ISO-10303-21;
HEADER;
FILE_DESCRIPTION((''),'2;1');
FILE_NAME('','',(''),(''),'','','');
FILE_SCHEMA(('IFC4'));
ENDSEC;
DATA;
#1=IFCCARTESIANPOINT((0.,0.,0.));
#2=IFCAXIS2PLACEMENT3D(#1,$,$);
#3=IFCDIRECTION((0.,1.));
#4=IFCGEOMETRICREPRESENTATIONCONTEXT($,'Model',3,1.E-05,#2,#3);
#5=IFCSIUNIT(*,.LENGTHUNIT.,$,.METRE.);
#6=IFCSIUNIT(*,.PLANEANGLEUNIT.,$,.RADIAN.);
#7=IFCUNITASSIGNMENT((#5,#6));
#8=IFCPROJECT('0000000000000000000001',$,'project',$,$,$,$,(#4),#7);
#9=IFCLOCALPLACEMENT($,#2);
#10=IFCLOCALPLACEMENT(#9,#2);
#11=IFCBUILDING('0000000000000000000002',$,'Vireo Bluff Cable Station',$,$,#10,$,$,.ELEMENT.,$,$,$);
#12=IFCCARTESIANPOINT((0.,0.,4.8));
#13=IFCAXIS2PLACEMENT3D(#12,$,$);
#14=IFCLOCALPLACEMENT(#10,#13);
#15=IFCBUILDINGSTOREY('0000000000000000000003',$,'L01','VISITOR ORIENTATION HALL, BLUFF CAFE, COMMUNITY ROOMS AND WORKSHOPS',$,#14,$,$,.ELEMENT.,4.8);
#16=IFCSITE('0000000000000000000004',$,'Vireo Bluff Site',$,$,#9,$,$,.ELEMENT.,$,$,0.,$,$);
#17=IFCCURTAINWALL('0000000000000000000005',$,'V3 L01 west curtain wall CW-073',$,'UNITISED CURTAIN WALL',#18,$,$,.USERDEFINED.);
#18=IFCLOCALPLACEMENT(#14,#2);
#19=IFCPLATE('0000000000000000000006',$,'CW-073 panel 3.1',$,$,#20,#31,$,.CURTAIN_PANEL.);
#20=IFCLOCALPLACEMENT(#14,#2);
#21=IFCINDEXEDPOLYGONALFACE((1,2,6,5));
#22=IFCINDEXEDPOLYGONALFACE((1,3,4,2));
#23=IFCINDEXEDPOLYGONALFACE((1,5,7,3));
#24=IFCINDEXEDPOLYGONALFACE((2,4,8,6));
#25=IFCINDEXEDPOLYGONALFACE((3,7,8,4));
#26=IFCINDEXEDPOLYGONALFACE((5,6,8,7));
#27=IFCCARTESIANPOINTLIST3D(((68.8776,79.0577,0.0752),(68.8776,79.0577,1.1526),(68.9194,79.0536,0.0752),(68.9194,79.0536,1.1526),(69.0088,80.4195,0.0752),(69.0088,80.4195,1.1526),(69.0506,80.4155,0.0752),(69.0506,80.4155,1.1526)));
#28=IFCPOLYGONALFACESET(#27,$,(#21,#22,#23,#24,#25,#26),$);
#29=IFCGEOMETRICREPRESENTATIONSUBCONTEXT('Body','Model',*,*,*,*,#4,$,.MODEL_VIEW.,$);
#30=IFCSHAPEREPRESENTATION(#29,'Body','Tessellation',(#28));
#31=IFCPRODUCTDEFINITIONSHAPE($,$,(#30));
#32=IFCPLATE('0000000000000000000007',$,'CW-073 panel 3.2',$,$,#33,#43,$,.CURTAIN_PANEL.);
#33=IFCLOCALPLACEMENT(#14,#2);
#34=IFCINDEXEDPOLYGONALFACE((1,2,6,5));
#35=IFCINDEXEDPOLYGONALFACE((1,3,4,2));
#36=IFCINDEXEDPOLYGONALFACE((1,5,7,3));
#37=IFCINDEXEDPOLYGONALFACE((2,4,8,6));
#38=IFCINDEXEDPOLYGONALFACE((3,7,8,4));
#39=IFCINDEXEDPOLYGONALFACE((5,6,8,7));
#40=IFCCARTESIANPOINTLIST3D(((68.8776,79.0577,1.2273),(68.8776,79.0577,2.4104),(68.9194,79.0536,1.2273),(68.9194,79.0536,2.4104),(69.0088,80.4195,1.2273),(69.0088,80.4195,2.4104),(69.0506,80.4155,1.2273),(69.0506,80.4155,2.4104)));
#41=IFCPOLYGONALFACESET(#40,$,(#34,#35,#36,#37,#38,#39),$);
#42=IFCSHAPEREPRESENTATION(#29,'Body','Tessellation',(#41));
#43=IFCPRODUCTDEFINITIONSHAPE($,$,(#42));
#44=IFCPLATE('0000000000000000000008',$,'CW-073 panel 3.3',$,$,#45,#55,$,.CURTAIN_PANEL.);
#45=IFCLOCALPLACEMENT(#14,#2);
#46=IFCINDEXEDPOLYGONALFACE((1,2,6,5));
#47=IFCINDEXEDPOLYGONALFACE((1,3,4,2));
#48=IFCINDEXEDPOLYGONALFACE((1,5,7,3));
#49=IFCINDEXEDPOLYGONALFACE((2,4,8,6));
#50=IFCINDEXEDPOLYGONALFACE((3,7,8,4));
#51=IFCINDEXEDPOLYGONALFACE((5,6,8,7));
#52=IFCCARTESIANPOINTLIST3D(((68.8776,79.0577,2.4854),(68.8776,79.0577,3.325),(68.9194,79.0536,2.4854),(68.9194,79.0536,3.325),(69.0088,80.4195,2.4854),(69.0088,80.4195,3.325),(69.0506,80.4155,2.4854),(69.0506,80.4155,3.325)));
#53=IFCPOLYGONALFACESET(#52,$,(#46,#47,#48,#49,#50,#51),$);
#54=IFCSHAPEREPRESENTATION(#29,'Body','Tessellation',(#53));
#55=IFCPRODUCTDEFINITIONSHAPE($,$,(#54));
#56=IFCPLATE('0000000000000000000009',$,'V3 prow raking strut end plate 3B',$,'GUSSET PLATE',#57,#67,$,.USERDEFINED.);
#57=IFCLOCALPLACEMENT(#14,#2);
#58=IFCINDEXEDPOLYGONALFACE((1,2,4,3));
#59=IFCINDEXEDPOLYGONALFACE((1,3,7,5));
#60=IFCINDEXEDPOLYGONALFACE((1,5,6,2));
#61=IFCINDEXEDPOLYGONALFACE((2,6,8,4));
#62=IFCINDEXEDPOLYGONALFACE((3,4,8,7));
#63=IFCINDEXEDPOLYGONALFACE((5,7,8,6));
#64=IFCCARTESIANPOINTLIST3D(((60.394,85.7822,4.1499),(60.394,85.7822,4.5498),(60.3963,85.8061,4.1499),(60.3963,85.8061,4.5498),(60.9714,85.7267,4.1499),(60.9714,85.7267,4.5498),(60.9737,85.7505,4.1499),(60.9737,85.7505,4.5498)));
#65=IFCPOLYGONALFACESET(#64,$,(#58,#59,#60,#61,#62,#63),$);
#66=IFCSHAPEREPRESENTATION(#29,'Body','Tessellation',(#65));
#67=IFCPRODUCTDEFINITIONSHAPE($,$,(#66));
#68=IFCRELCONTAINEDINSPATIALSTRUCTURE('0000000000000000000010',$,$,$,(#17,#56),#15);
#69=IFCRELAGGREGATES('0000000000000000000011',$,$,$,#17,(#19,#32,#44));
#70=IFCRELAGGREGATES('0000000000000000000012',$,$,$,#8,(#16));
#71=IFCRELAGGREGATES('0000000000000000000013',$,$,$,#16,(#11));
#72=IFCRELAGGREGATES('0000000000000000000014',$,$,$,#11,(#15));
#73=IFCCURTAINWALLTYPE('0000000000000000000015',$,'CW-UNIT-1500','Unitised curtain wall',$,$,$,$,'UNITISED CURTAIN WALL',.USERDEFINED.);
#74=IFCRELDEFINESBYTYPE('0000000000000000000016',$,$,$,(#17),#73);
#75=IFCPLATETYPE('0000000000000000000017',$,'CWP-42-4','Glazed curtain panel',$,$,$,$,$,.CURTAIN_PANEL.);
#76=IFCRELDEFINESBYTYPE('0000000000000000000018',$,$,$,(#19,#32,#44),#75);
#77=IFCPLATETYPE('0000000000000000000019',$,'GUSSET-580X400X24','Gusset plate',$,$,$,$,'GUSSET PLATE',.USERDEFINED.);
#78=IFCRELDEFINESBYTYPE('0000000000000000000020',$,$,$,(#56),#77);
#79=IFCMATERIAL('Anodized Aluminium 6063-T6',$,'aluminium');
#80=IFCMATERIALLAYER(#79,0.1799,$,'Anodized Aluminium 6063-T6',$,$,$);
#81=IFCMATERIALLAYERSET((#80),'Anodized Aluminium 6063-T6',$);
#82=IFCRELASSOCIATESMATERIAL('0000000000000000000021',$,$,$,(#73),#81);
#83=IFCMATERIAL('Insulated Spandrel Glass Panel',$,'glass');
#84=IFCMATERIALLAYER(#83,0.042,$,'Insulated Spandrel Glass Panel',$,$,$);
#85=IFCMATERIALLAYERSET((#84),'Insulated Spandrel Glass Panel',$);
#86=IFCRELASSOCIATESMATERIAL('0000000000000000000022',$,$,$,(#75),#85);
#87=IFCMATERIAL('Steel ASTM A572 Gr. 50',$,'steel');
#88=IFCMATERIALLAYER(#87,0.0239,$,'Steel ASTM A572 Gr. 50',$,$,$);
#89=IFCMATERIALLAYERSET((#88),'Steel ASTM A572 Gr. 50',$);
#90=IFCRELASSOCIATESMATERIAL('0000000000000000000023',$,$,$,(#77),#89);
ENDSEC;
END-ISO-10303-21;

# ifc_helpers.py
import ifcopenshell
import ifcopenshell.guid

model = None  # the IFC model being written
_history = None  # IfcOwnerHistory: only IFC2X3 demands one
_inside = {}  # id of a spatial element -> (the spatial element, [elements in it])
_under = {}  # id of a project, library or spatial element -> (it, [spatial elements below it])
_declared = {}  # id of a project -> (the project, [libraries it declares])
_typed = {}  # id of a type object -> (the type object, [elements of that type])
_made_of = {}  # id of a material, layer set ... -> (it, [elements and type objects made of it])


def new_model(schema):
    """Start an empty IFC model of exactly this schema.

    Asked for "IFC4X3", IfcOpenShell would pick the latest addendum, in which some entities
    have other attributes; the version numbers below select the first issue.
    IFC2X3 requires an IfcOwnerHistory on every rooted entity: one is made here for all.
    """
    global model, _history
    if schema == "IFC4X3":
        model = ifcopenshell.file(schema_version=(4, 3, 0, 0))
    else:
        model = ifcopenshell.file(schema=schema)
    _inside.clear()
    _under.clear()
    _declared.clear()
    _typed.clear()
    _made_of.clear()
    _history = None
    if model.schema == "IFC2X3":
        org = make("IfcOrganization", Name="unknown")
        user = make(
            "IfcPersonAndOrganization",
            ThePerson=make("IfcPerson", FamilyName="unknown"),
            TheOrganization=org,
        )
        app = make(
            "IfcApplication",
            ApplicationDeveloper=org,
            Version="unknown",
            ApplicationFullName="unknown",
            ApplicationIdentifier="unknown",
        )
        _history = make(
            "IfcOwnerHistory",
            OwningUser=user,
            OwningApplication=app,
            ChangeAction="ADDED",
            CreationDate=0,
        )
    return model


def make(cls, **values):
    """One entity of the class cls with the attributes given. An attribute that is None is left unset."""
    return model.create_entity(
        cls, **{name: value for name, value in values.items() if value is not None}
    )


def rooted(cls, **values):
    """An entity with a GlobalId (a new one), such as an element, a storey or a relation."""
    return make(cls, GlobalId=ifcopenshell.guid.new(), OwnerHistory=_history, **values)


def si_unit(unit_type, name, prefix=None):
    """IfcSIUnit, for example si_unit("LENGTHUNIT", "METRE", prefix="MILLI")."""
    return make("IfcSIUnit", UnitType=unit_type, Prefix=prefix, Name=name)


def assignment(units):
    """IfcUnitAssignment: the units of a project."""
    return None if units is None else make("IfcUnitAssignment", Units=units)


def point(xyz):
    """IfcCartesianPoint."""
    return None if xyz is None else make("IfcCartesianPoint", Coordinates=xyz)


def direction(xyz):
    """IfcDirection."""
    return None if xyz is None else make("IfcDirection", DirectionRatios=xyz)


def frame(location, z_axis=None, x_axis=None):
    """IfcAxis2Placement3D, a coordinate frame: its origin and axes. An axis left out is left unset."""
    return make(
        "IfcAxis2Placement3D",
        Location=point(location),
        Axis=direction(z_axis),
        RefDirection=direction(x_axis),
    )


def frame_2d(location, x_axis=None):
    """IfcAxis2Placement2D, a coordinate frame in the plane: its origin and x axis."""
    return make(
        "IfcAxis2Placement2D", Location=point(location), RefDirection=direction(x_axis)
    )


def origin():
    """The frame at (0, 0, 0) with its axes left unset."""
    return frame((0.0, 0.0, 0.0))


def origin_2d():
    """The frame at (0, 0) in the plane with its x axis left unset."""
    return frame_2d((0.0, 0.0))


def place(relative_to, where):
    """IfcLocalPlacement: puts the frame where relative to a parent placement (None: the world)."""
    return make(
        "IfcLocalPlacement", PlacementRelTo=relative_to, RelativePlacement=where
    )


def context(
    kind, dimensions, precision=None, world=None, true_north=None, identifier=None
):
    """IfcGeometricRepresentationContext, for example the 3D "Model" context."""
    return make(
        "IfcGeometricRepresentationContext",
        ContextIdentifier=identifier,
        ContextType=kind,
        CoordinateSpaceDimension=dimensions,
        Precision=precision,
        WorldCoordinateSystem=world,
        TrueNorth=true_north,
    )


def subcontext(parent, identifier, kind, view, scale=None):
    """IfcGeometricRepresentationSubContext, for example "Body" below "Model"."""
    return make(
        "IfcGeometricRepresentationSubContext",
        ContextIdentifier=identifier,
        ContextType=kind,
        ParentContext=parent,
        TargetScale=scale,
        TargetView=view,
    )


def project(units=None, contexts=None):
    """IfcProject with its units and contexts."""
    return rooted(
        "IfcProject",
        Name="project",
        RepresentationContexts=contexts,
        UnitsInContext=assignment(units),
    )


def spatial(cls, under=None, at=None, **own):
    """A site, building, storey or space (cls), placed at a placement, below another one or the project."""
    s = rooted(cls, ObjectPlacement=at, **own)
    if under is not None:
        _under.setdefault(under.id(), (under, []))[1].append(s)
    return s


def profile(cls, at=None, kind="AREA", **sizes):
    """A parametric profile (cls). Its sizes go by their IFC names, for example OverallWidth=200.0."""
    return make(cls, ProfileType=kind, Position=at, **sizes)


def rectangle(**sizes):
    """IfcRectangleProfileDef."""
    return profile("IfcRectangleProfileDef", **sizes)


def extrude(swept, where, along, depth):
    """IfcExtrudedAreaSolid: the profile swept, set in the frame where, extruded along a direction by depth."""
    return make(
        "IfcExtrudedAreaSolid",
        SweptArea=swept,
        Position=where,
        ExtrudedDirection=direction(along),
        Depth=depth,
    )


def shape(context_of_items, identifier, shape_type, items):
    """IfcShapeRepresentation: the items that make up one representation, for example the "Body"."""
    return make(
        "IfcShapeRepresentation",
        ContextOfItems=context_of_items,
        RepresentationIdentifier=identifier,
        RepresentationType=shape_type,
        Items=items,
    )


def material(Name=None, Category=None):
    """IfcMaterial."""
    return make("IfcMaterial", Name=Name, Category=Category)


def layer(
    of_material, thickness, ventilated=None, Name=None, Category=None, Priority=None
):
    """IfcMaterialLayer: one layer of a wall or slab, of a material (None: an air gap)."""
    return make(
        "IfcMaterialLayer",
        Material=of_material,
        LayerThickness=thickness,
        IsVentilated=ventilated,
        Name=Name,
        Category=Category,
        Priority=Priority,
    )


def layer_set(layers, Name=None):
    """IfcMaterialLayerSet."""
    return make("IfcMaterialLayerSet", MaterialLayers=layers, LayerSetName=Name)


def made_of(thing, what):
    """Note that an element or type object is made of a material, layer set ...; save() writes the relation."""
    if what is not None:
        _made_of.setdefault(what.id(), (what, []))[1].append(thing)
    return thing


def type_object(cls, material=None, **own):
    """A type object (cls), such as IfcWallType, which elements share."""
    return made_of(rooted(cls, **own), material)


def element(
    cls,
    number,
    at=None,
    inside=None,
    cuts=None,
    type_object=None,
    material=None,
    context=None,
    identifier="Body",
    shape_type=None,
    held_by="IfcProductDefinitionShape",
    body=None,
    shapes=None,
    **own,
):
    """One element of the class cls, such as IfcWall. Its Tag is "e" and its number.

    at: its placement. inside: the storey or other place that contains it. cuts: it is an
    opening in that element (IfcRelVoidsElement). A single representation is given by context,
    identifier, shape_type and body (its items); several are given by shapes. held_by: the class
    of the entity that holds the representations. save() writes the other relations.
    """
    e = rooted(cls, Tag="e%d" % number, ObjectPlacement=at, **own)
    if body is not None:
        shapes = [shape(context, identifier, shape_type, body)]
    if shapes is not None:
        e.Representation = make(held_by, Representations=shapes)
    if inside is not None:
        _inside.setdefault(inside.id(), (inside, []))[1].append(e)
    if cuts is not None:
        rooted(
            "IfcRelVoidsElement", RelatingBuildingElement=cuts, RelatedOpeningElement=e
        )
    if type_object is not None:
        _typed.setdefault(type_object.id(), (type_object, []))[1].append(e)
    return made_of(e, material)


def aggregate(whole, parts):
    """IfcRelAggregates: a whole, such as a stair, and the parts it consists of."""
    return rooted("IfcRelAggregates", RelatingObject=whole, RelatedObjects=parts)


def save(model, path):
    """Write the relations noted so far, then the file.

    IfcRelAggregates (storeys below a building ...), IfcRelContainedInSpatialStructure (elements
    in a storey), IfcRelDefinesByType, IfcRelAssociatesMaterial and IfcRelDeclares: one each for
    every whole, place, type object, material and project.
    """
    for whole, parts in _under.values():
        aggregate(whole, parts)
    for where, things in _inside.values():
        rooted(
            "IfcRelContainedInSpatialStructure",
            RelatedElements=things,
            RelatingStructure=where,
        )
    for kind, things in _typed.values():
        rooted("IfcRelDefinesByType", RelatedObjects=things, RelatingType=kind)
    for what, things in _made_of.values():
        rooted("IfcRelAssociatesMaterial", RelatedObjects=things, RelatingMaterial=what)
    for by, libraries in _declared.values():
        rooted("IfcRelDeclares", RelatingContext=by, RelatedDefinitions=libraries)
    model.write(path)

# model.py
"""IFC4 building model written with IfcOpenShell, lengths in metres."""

from ifc_helpers import new_model, si_unit, direction, frame, origin, origin_2d, place, context, subcontext, project, spatial, rectangle, extrude, material, layer, layer_set, type_object, element, aggregate, save


model = new_model("IFC4")

# Units and contexts
model_context = context("Model", 3, precision=1e-05, world=origin(), true_north=direction((0.0, 1.0)))
body_context = subcontext(model_context, "Body", "Model", "MODEL_VIEW")
ifc_project = project(units=[si_unit("LENGTHUNIT", "METRE"), si_unit("PLANEANGLEUNIT", "RADIAN")], contexts=[model_context])

# Site, building, storey
site_placement = place(None, origin())
site = spatial("IfcSite", under=ifc_project, at=site_placement, Name="Vireo Bluff Site", CompositionType="ELEMENT", RefElevation=0.0)
building_placement = place(site_placement, origin())
building = spatial("IfcBuilding", under=site, at=building_placement, Name="Vireo Bluff Cable Station", CompositionType="ELEMENT")
storey_placement = place(building_placement, frame((0.0, 0.0, 4.8)))
storey = spatial("IfcBuildingStorey", under=building, at=storey_placement, Name="L01", Description="VISITOR ORIENTATION HALL, BLUFF CAFE, COMMUNITY ROOMS AND WORKSHOPS", CompositionType="ELEMENT", Elevation=4.8)

# Curtain wall
ifc_material_1 = material(Name="Anodized Aluminium 6063-T6", Category="aluminium")
ifc_layer_1 = layer(ifc_material_1, 0.1799, Name="Anodized Aluminium 6063-T6")
ifc_layer_set_1 = layer_set([ifc_layer_1], Name="Anodized Aluminium 6063-T6")
curtain_wall_type = type_object("IfcCurtainWallType", Name="CW-UNIT-1500", Description="Unitised curtain wall", ElementType="UNITISED CURTAIN WALL", PredefinedType="USERDEFINED", material=ifc_layer_set_1)
curtain_wall_placement = place(storey_placement, origin())
curtain_wall = element("IfcCurtainWall", 1, at=curtain_wall_placement, inside=storey, type_object=curtain_wall_type, Name="V3 L01 west curtain wall CW-073", ObjectType="UNITISED CURTAIN WALL", PredefinedType="USERDEFINED")

# Plates
ifc_material_2 = material(Name="Insulated Spandrel Glass Panel", Category="glass")
ifc_layer_2 = layer(ifc_material_2, 0.042, Name="Insulated Spandrel Glass Panel")
ifc_layer_set_2 = layer_set([ifc_layer_2], Name="Insulated Spandrel Glass Panel")
plate_type_1 = type_object("IfcPlateType", Name="CWP-42-4", Description="Glazed curtain panel", PredefinedType="CURTAIN_PANEL", material=ifc_layer_set_2)
plate_1_placement = place(storey_placement, frame((68.9641, 79.7366, 0.0752), z_axis=(0.0, 0.0, 1.0), x_axis=(0.095846, 0.995396, 0.0)))
plate_1 = element("IfcPlate", 2, at=plate_1_placement, type_object=plate_type_1, Name="CW-073 panel 3.1", PredefinedType="CURTAIN_PANEL", context=body_context, shape_type="SweptSolid", body=[
    extrude(rectangle(XDim=1.3682, YDim=0.042, at=origin_2d()), origin(), (0.0, 0.0, 1.0), 1.0774),
])
plate_2_placement = place(storey_placement, frame((68.9641, 79.7366, 1.2273), z_axis=(0.0, 0.0, 1.0), x_axis=(0.095846, 0.995396, 0.0)))
plate_2 = element("IfcPlate", 3, at=plate_2_placement, type_object=plate_type_1, Name="CW-073 panel 3.2", PredefinedType="CURTAIN_PANEL", context=body_context, shape_type="SweptSolid", body=[
    extrude(rectangle(XDim=1.3682, YDim=0.042, at=origin_2d()), origin(), (0.0, 0.0, 1.0), 1.1831),
])
plate_3_placement = place(storey_placement, frame((68.9641, 79.7366, 2.4854), z_axis=(0.0, 0.0, 1.0), x_axis=(0.095846, 0.995396, 0.0)))
plate_3 = element("IfcPlate", 4, at=plate_3_placement, type_object=plate_type_1, Name="CW-073 panel 3.3", PredefinedType="CURTAIN_PANEL", context=body_context, shape_type="SweptSolid", body=[
    extrude(rectangle(XDim=1.3682, YDim=0.042, at=origin_2d()), origin(), (0.0, 0.0, 1.0), 0.8396),
])
aggregate(curtain_wall, [plate_1, plate_2, plate_3])
ifc_material_3 = material(Name="Steel ASTM A572 Gr. 50", Category="steel")
ifc_layer_3 = layer(ifc_material_3, 0.0239, Name="Steel ASTM A572 Gr. 50")
ifc_layer_set_3 = layer_set([ifc_layer_3], Name="Steel ASTM A572 Gr. 50")
plate_type_2 = type_object("IfcPlateType", Name="GUSSET-580X400X24", Description="Gusset plate", ElementType="GUSSET PLATE", PredefinedType="USERDEFINED", material=ifc_layer_set_3)
plate_4_placement = place(storey_placement, frame((60.6838, 85.7664, 4.1499), z_axis=(0.0, 0.0, 1.0), x_axis=(0.995396, -0.095846, 0.0)))
element("IfcPlate", 5, at=plate_4_placement, inside=storey, type_object=plate_type_2, Name="V3 prow raking strut end plate 3B", ObjectType="GUSSET PLATE", PredefinedType="USERDEFINED", context=body_context, shape_type="SweptSolid", body=[
    extrude(rectangle(XDim=0.5801, YDim=0.0239, at=origin_2d()), origin(), (0.0, 0.0, 1.0), 0.3999),
])

save(model, "model.ifc")
